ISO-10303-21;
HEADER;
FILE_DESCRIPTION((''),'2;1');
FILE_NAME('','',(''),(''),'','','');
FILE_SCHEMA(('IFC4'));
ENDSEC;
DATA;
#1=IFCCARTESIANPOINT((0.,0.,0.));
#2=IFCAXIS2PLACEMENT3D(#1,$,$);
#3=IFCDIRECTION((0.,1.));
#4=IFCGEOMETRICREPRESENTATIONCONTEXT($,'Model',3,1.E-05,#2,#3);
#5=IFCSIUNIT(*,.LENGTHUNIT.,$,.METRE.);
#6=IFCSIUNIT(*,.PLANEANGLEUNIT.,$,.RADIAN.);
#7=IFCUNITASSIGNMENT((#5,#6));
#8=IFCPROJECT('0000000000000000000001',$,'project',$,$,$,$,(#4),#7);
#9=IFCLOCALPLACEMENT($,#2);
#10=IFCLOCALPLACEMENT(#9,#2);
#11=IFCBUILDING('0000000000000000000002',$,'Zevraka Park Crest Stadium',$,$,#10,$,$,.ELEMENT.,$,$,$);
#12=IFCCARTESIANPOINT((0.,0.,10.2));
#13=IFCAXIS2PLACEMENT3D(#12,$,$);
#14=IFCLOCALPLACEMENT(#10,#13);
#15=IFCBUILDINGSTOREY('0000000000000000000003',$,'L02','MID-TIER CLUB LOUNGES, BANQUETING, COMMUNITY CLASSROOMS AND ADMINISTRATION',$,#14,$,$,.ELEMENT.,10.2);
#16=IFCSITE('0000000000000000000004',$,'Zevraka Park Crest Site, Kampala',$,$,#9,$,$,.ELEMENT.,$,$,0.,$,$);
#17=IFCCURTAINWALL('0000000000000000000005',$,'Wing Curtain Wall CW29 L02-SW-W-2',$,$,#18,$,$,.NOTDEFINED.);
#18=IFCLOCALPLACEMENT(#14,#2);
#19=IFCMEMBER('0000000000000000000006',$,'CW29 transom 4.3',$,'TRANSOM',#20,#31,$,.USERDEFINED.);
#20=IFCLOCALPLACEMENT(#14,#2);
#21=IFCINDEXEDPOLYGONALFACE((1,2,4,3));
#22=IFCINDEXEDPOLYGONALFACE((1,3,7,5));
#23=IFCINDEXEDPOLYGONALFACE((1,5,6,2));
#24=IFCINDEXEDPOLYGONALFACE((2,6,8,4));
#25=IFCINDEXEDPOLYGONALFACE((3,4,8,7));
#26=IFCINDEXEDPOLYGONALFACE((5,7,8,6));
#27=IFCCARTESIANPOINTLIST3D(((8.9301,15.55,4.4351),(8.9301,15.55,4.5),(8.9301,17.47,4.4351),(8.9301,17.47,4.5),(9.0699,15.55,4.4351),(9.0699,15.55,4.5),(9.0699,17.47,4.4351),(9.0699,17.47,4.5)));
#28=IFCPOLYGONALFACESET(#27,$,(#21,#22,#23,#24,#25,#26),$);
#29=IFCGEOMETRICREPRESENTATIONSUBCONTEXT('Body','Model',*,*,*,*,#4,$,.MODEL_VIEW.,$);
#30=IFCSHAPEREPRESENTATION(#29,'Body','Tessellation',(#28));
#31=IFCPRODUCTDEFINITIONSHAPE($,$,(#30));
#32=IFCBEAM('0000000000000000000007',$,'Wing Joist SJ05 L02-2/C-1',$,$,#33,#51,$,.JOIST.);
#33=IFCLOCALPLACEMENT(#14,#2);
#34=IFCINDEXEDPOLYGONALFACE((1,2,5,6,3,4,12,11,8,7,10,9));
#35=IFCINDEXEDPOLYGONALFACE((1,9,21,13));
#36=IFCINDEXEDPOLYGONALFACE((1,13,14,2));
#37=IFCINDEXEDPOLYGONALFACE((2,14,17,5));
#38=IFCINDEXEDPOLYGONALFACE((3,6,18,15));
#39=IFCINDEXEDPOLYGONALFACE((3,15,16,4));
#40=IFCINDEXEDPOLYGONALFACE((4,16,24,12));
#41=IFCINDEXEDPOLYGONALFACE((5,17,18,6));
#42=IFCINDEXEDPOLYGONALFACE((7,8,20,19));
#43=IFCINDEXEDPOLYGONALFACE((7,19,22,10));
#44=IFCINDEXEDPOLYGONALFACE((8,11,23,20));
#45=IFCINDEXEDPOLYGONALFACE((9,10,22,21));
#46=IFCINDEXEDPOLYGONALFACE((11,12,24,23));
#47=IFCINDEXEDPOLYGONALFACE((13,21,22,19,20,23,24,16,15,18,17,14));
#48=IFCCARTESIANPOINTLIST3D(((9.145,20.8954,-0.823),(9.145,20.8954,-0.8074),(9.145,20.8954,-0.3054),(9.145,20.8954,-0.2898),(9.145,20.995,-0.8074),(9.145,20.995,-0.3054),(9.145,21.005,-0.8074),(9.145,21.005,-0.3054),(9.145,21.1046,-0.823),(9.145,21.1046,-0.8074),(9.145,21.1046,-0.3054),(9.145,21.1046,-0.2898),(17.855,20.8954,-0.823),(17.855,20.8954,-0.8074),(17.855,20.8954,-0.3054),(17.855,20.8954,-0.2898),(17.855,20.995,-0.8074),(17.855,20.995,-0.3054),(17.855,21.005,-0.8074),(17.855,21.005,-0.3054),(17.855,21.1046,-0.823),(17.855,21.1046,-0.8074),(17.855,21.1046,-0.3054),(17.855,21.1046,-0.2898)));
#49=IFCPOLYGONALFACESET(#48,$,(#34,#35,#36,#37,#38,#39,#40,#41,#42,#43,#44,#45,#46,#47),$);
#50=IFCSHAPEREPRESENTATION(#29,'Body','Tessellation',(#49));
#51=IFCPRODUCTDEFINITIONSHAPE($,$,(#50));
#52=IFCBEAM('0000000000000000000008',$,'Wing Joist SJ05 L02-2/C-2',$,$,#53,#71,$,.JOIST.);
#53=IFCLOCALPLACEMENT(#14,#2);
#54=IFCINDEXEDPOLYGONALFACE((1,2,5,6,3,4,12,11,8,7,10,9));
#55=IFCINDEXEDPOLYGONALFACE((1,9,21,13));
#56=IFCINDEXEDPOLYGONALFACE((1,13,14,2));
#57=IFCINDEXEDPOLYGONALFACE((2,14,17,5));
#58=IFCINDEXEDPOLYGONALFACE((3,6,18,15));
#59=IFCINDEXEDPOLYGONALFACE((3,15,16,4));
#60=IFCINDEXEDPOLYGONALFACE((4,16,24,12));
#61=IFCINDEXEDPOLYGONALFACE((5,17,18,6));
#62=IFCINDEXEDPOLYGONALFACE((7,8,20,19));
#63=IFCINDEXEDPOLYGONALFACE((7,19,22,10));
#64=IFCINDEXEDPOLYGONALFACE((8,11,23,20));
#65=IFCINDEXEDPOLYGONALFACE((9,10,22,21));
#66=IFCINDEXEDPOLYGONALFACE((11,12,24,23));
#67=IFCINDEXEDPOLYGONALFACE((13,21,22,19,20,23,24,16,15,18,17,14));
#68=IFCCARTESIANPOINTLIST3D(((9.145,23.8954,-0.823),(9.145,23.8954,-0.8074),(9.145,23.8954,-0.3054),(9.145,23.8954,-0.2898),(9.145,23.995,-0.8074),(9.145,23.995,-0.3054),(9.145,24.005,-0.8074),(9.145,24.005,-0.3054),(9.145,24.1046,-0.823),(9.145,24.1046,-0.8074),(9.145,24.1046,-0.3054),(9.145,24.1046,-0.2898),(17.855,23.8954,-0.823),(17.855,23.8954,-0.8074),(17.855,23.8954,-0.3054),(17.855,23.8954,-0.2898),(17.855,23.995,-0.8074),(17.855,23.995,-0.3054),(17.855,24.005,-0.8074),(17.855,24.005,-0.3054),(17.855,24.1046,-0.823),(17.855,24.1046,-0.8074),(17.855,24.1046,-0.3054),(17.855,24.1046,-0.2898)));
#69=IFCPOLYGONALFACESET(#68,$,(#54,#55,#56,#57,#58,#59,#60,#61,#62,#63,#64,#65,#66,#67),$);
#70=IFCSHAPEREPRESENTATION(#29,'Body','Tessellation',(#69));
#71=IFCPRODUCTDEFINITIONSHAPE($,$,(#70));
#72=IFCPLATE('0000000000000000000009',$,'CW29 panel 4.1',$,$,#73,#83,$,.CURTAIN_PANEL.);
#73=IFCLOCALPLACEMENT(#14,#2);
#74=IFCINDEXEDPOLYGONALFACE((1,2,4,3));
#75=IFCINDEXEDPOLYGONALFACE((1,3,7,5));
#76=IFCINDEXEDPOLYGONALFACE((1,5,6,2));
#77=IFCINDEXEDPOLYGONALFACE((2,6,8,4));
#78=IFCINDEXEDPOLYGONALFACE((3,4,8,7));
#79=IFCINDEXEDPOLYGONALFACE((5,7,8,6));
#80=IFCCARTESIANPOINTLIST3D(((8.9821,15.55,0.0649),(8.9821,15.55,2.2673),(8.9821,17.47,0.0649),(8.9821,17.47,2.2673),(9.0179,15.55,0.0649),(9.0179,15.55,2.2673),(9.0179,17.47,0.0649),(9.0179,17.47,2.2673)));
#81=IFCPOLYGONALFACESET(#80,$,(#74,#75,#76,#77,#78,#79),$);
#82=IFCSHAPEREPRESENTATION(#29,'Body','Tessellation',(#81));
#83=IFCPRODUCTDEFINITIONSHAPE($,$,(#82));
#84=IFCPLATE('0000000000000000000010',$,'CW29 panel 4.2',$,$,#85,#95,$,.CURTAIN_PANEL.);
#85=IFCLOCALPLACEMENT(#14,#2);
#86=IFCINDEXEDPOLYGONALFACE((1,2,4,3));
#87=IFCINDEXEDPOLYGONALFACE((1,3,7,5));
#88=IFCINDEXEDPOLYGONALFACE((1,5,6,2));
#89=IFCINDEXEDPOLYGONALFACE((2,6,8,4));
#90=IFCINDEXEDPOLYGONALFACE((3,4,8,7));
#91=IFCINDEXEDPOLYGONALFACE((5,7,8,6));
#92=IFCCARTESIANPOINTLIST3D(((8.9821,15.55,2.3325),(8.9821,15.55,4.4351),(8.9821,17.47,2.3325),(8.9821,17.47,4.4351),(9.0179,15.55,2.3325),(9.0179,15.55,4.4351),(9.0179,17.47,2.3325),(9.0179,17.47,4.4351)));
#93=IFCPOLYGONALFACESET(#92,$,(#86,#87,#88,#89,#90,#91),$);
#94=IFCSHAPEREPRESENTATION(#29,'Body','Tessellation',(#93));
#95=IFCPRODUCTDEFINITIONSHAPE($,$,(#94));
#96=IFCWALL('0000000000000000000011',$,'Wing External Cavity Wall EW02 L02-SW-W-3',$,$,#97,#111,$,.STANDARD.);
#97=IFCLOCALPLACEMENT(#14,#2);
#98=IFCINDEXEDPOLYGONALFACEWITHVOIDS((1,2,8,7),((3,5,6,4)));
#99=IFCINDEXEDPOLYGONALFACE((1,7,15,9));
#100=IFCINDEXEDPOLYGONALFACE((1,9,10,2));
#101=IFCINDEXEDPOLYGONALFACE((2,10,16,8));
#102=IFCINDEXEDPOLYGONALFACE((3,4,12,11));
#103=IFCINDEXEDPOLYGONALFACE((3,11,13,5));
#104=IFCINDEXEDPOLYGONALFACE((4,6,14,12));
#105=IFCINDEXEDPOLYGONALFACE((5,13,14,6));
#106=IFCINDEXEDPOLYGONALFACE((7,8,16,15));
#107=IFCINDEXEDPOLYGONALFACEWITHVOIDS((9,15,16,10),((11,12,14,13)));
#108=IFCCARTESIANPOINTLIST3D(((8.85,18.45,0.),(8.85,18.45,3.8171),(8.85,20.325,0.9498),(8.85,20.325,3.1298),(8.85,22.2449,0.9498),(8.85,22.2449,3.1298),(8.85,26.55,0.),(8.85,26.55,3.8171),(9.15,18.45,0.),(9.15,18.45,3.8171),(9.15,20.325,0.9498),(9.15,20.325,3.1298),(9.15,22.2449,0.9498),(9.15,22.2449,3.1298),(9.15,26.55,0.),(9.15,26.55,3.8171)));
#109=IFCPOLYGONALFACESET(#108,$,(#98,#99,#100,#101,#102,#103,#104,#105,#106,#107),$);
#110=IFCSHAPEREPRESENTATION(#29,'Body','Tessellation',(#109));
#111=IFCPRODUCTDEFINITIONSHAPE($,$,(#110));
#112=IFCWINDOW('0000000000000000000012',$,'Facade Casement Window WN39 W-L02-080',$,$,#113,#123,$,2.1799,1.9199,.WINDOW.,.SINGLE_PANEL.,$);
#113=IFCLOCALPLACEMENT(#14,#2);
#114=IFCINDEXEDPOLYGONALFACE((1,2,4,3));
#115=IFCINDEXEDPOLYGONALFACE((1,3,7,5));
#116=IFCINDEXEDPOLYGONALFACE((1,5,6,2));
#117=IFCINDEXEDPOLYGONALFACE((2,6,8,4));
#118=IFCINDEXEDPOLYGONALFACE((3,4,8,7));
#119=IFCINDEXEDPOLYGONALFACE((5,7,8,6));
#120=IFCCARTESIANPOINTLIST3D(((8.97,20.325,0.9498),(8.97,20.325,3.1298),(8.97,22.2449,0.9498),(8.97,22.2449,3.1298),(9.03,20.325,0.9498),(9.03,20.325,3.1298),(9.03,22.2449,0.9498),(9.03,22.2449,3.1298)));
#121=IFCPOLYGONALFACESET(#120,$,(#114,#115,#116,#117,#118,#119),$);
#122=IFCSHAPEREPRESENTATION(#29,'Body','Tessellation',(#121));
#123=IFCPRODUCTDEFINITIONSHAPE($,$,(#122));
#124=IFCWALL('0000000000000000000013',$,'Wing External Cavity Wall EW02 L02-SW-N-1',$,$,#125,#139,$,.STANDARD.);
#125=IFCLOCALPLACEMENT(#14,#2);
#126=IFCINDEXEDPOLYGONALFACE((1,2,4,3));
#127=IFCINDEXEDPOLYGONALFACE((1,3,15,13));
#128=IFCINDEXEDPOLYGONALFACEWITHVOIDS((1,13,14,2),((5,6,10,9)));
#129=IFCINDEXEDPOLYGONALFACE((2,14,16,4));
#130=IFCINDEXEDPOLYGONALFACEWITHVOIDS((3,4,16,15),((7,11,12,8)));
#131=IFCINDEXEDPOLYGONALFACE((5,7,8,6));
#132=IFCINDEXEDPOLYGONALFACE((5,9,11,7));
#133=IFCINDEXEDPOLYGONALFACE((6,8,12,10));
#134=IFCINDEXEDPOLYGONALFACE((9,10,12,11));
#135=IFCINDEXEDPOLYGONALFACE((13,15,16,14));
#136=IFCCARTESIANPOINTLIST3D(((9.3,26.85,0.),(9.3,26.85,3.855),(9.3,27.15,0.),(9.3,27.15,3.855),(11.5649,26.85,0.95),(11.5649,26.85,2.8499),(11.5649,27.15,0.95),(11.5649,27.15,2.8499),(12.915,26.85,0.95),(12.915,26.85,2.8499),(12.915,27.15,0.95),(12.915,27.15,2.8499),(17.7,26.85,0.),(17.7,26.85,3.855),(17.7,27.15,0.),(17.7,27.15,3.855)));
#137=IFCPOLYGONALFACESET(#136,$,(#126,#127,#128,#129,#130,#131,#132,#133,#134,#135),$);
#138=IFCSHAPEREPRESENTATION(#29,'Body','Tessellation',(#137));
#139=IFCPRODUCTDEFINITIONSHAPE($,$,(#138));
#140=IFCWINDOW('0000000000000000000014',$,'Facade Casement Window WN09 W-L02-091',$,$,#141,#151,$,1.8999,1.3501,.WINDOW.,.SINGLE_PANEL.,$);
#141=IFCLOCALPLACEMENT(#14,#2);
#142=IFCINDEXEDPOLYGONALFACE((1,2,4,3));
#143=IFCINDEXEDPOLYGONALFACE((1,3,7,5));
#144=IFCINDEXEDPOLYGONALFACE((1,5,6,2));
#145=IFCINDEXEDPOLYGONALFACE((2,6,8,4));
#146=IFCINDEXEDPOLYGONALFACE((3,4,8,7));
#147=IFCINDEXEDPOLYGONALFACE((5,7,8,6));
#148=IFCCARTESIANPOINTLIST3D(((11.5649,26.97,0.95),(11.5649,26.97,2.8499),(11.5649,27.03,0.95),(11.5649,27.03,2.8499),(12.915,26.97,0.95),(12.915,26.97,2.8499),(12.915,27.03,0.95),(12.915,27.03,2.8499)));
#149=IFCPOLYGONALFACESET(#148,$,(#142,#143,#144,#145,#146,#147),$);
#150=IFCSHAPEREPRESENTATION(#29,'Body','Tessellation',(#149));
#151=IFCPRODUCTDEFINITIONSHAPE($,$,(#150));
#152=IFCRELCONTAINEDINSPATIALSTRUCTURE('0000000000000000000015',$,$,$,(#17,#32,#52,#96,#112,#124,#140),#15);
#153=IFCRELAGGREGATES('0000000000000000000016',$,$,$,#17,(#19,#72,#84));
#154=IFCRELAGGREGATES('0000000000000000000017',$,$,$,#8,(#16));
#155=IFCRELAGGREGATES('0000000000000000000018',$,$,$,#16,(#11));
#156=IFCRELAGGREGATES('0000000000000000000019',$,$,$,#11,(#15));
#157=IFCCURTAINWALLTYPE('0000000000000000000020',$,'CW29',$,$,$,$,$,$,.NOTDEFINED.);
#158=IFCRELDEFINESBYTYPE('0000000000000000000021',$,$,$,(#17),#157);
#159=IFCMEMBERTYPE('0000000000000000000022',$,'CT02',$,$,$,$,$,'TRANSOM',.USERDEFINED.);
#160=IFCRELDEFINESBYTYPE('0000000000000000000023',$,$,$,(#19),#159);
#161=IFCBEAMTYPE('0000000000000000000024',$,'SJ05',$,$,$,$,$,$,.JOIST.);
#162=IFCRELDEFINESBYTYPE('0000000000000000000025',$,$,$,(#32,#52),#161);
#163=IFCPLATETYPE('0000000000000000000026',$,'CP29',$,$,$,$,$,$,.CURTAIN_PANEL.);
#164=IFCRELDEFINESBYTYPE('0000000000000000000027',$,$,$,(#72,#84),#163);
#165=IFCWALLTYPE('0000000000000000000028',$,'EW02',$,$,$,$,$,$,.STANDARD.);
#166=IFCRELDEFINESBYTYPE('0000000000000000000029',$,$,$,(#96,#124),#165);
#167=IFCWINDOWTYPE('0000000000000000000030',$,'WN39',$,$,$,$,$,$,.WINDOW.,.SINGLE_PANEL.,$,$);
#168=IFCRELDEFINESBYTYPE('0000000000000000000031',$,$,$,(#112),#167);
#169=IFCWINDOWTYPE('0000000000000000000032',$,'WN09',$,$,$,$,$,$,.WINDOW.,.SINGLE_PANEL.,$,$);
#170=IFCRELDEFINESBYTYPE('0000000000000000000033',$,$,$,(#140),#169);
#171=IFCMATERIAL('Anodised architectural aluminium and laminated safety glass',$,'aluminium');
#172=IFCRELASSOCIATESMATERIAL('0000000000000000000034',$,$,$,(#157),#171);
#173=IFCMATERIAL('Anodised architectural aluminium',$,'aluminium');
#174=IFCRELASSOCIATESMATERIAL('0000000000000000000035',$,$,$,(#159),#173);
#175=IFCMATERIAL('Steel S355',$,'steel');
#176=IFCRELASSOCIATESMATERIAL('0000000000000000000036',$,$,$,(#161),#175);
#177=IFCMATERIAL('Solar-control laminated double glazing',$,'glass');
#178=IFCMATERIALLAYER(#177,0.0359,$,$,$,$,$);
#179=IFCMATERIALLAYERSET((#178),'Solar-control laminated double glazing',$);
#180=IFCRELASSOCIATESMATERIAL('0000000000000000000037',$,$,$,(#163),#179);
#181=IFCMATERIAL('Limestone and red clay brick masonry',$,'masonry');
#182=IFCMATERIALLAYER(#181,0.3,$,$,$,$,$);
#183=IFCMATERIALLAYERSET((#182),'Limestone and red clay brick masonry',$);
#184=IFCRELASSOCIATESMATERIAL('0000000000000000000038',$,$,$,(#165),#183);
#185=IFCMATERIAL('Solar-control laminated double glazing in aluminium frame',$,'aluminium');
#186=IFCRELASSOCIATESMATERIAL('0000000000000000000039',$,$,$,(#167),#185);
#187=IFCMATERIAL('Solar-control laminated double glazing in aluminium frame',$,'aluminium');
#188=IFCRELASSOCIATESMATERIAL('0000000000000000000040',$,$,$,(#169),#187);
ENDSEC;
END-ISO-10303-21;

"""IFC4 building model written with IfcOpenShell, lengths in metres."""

from ifc_helpers import new_model, si_unit, direction, frame, frame_2d, origin, origin_2d, place, context, subcontext, project, spatial, rectangle, i_section, extrude, material, layer, layer_set, material_profile, profile_set, type_object, element, fill, aggregate, save


model = new_model("IFC4")

# Units and contexts
model_context = context("Model", 3, precision=1e-05, world=origin(), true_north=direction((0.0, 1.0)))
body_context = subcontext(model_context, "Body", "Model", "MODEL_VIEW")
ifc_project = project(units=[si_unit("LENGTHUNIT", "METRE"), si_unit("PLANEANGLEUNIT", "RADIAN")], contexts=[model_context])

# Site, building, storey
site_placement = place(None, origin())
site = spatial("IfcSite", under=ifc_project, at=site_placement, Name="Zevraka Park Crest Site, Kampala", CompositionType="ELEMENT", RefElevation=0.0)
building_placement = place(site_placement, origin())
building = spatial("IfcBuilding", under=site, at=building_placement, Name="Zevraka Park Crest Stadium", CompositionType="ELEMENT")
storey_placement = place(building_placement, frame((0.0, 0.0, 10.2)))
storey = spatial("IfcBuildingStorey", under=building, at=storey_placement, Name="L02", Description="MID-TIER CLUB LOUNGES, BANQUETING, COMMUNITY CLASSROOMS AND ADMINISTRATION", CompositionType="ELEMENT", Elevation=10.2)

# Curtain wall, member
ifc_material_1 = material(Name="Anodised architectural aluminium and laminated safety glass", Category="aluminium")
curtain_wall_type = type_object("IfcCurtainWallType", Name="CW29", PredefinedType="NOTDEFINED", material=ifc_material_1)
curtain_wall_placement = place(storey_placement, origin())
curtain_wall = element("IfcCurtainWall", 1, at=curtain_wall_placement, inside=storey, type_object=curtain_wall_type, Name="Wing Curtain Wall CW29 L02-SW-W-2", PredefinedType="NOTDEFINED")
ifc_material_2 = material(Name="Anodised architectural aluminium", Category="aluminium")
ifc_material_profile_1 = material_profile(ifc_material_2, rectangle(XDim=0.1399, YDim=0.0649, at=origin_2d()), Name="ALU TRANSOM 140x65")
ifc_profile_set_1 = profile_set([ifc_material_profile_1], Name="Anodised architectural aluminium")
member_type_1 = type_object("IfcMemberType", Name="CT02", ElementType="TRANSOM", PredefinedType="USERDEFINED", material=ifc_profile_set_1)
member_1_placement = place(storey_placement, frame((9.0, 15.55, 4.4675), z_axis=(0.0, 1.0, 0.0), x_axis=(-1.0, 0.0, 0.0)))
member_1 = element("IfcMember", 2, at=member_1_placement, type_object=member_type_1, Name="CW29 transom 4.3", ObjectType="TRANSOM", PredefinedType="USERDEFINED", context=body_context, shape_type="SweptSolid", body=[
    extrude(rectangle(XDim=0.1399, YDim=0.0649, at=origin_2d()), origin(), (0.0, 0.0, 1.0), 1.9199),
])

# Beams
ifc_material_3 = material(Name="Steel S355", Category="steel")
ifc_material_profile_2 = material_profile(ifc_material_3, i_section(OverallWidth=0.2092, OverallDepth=0.5332, WebThickness=0.01, FlangeThickness=0.0156, at=origin_2d()), Name="UKB 533x210x92")
ifc_profile_set_2 = profile_set([ifc_material_profile_2], Name="Steel S355")
beam_type_1 = type_object("IfcBeamType", Name="SJ05", PredefinedType="JOIST", material=ifc_profile_set_2)
for number, where, z_axis, x_axis, name in (
    (3, (9.145, 21.0, -0.5564), (1.0, 0.0, 0.0), (0.0, 1.0, 0.0), "Wing Joist SJ05 L02-2/C-1"),
    (4, (9.145, 24.0, -0.5564), (1.0, 0.0, 0.0), (0.0, 1.0, 0.0), "Wing Joist SJ05 L02-2/C-2"),
):
    element("IfcBeam", number, at=place(storey_placement, frame(where, z_axis=z_axis, x_axis=x_axis)), inside=storey, type_object=beam_type_1, Name=name, PredefinedType="JOIST", context=body_context, shape_type="SweptSolid", body=[
        extrude(i_section(OverallWidth=0.2092, OverallDepth=0.5332, WebThickness=0.01, FlangeThickness=0.0156, at=origin_2d()), origin(), (0.0, 0.0, 1.0), 8.71),
    ])

# Plates
ifc_material_4 = material(Name="Solar-control laminated double glazing", Category="glass")
ifc_layer_1 = layer(ifc_material_4, 0.0359)
ifc_layer_set_1 = layer_set([ifc_layer_1], Name="Solar-control laminated double glazing")
plate_type = type_object("IfcPlateType", Name="CP29", PredefinedType="CURTAIN_PANEL", material=ifc_layer_set_1)
plate_1_placement = place(storey_placement, frame((9.0, 16.51, 0.0649), z_axis=(0.0, 0.0, 1.0), x_axis=(0.0, 1.0, 0.0)))
plate_1 = element("IfcPlate", 5, at=plate_1_placement, type_object=plate_type, Name="CW29 panel 4.1", PredefinedType="CURTAIN_PANEL", context=body_context, shape_type="SweptSolid", body=[
    extrude(rectangle(XDim=1.9199, YDim=0.0359, at=origin_2d()), origin(), (0.0, 0.0, 1.0), 2.2024),
])
plate_2_placement = place(storey_placement, frame((9.0, 16.51, 2.3325), z_axis=(0.0, 0.0, 1.0), x_axis=(0.0, 1.0, 0.0)))
plate_2 = element("IfcPlate", 6, at=plate_2_placement, type_object=plate_type, Name="CW29 panel 4.2", PredefinedType="CURTAIN_PANEL", context=body_context, shape_type="SweptSolid", body=[
    extrude(rectangle(XDim=1.9199, YDim=0.0359, at=origin_2d()), origin(), (0.0, 0.0, 1.0), 2.1025),
])
aggregate(curtain_wall, [member_1, plate_1, plate_2])

# Walls, openings, windows
ifc_material_5 = material(Name="Limestone and red clay brick masonry", Category="masonry")
ifc_layer_2 = layer(ifc_material_5, 0.3)
ifc_layer_set_2 = layer_set([ifc_layer_2], Name="Limestone and red clay brick masonry")
wall_type_1 = type_object("IfcWallType", Name="EW02", PredefinedType="STANDARD", material=ifc_layer_set_2)
wall_1_placement = place(storey_placement, frame((9.0, 18.45, 0.0), z_axis=(0.0, 0.0, 1.0), x_axis=(0.0, 1.0, 0.0)))
wall_1 = element("IfcWall", 7, at=wall_1_placement, inside=storey, type_object=wall_type_1, Name="Wing External Cavity Wall EW02 L02-SW-W-3", PredefinedType="STANDARD", context=body_context, shape_type="SweptSolid", body=[
    extrude(rectangle(XDim=8.1001, YDim=0.3, at=frame_2d((4.05, 0.0))), origin(), (0.0, 0.0, 1.0), 3.8171),
])
opening_1_placement = place(wall_1_placement, frame((1.875, 0.0, 0.95)))
opening_1 = element("IfcOpeningElement", 8, at=opening_1_placement, cuts=wall_1, PredefinedType="OPENING", context=body_context, shape_type="SweptSolid", body=[
    extrude(rectangle(XDim=1.9199, YDim=2.1799, at=frame_2d((0.96, 1.0898))), frame((0.0, 0.1599, 0.0), z_axis=(0.0, -1.0, 0.0), x_axis=(1.0, 0.0, 0.0)), (0.0, 0.0, 1.0), 0.3201),
])
ifc_material_6 = material(Name="Solar-control laminated double glazing in aluminium frame", Category="aluminium")
window_type_1 = type_object("IfcWindowType", Name="WN39", PartitioningType="SINGLE_PANEL", PredefinedType="WINDOW", material=ifc_material_6)
window_1_placement = place(opening_1_placement, origin())
window_1 = element("IfcWindow", 9, at=window_1_placement, inside=storey, type_object=window_type_1, Name="Facade Casement Window WN39 W-L02-080", OverallHeight=2.1799, OverallWidth=1.9199, PartitioningType="SINGLE_PANEL", PredefinedType="WINDOW", context=body_context, shape_type="SweptSolid", body=[
    extrude(rectangle(XDim=1.9199, YDim=2.1799, at=frame_2d((0.96, 1.0898))), frame((0.0, 0.03, 0.0), z_axis=(0.0, -1.0, 0.0), x_axis=(1.0, 0.0, 0.0)), (0.0, 0.0, 1.0), 0.0601),
])
fill(opening_1, window_1)
wall_2_placement = place(storey_placement, frame((9.3, 27.0, 0.0), z_axis=(0.0, 0.0, 1.0), x_axis=(1.0, 0.0, 0.0)))
wall_2 = element("IfcWall", 10, at=wall_2_placement, inside=storey, type_object=wall_type_1, Name="Wing External Cavity Wall EW02 L02-SW-N-1", PredefinedType="STANDARD", context=body_context, shape_type="SweptSolid", body=[
    extrude(rectangle(XDim=8.3999, YDim=0.3, at=frame_2d((4.2, 0.0))), origin(), (0.0, 0.0, 1.0), 3.855),
])
opening_2_placement = place(wall_2_placement, frame((2.2649, 0.0, 0.95)))
opening_2 = element("IfcOpeningElement", 11, at=opening_2_placement, cuts=wall_2, PredefinedType="OPENING", context=body_context, shape_type="SweptSolid", body=[
    extrude(rectangle(XDim=1.3501, YDim=1.8999, at=frame_2d((0.675, 0.95))), frame((0.0, 0.1599, 0.0), z_axis=(0.0, -1.0, 0.0), x_axis=(1.0, 0.0, 0.0)), (0.0, 0.0, 1.0), 0.3201),
])
ifc_material_7 = material(Name="Solar-control laminated double glazing in aluminium frame", Category="aluminium")
window_type_2 = type_object("IfcWindowType", Name="WN09", PartitioningType="SINGLE_PANEL", PredefinedType="WINDOW", material=ifc_material_7)
window_2_placement = place(opening_2_placement, origin())
window_2 = element("IfcWindow", 12, at=window_2_placement, inside=storey, type_object=window_type_2, Name="Facade Casement Window WN09 W-L02-091", OverallHeight=1.8999, OverallWidth=1.3501, PartitioningType="SINGLE_PANEL", PredefinedType="WINDOW", context=body_context, shape_type="SweptSolid", body=[
    extrude(rectangle(XDim=1.3501, YDim=1.8999, at=frame_2d((0.675, 0.95))), frame((0.0, 0.03, 0.0), z_axis=(0.0, -1.0, 0.0), x_axis=(1.0, 0.0, 0.0)), (0.0, 0.0, 1.0), 0.0601),
])
fill(opening_2, window_2)

save(model, "model.ifc")
